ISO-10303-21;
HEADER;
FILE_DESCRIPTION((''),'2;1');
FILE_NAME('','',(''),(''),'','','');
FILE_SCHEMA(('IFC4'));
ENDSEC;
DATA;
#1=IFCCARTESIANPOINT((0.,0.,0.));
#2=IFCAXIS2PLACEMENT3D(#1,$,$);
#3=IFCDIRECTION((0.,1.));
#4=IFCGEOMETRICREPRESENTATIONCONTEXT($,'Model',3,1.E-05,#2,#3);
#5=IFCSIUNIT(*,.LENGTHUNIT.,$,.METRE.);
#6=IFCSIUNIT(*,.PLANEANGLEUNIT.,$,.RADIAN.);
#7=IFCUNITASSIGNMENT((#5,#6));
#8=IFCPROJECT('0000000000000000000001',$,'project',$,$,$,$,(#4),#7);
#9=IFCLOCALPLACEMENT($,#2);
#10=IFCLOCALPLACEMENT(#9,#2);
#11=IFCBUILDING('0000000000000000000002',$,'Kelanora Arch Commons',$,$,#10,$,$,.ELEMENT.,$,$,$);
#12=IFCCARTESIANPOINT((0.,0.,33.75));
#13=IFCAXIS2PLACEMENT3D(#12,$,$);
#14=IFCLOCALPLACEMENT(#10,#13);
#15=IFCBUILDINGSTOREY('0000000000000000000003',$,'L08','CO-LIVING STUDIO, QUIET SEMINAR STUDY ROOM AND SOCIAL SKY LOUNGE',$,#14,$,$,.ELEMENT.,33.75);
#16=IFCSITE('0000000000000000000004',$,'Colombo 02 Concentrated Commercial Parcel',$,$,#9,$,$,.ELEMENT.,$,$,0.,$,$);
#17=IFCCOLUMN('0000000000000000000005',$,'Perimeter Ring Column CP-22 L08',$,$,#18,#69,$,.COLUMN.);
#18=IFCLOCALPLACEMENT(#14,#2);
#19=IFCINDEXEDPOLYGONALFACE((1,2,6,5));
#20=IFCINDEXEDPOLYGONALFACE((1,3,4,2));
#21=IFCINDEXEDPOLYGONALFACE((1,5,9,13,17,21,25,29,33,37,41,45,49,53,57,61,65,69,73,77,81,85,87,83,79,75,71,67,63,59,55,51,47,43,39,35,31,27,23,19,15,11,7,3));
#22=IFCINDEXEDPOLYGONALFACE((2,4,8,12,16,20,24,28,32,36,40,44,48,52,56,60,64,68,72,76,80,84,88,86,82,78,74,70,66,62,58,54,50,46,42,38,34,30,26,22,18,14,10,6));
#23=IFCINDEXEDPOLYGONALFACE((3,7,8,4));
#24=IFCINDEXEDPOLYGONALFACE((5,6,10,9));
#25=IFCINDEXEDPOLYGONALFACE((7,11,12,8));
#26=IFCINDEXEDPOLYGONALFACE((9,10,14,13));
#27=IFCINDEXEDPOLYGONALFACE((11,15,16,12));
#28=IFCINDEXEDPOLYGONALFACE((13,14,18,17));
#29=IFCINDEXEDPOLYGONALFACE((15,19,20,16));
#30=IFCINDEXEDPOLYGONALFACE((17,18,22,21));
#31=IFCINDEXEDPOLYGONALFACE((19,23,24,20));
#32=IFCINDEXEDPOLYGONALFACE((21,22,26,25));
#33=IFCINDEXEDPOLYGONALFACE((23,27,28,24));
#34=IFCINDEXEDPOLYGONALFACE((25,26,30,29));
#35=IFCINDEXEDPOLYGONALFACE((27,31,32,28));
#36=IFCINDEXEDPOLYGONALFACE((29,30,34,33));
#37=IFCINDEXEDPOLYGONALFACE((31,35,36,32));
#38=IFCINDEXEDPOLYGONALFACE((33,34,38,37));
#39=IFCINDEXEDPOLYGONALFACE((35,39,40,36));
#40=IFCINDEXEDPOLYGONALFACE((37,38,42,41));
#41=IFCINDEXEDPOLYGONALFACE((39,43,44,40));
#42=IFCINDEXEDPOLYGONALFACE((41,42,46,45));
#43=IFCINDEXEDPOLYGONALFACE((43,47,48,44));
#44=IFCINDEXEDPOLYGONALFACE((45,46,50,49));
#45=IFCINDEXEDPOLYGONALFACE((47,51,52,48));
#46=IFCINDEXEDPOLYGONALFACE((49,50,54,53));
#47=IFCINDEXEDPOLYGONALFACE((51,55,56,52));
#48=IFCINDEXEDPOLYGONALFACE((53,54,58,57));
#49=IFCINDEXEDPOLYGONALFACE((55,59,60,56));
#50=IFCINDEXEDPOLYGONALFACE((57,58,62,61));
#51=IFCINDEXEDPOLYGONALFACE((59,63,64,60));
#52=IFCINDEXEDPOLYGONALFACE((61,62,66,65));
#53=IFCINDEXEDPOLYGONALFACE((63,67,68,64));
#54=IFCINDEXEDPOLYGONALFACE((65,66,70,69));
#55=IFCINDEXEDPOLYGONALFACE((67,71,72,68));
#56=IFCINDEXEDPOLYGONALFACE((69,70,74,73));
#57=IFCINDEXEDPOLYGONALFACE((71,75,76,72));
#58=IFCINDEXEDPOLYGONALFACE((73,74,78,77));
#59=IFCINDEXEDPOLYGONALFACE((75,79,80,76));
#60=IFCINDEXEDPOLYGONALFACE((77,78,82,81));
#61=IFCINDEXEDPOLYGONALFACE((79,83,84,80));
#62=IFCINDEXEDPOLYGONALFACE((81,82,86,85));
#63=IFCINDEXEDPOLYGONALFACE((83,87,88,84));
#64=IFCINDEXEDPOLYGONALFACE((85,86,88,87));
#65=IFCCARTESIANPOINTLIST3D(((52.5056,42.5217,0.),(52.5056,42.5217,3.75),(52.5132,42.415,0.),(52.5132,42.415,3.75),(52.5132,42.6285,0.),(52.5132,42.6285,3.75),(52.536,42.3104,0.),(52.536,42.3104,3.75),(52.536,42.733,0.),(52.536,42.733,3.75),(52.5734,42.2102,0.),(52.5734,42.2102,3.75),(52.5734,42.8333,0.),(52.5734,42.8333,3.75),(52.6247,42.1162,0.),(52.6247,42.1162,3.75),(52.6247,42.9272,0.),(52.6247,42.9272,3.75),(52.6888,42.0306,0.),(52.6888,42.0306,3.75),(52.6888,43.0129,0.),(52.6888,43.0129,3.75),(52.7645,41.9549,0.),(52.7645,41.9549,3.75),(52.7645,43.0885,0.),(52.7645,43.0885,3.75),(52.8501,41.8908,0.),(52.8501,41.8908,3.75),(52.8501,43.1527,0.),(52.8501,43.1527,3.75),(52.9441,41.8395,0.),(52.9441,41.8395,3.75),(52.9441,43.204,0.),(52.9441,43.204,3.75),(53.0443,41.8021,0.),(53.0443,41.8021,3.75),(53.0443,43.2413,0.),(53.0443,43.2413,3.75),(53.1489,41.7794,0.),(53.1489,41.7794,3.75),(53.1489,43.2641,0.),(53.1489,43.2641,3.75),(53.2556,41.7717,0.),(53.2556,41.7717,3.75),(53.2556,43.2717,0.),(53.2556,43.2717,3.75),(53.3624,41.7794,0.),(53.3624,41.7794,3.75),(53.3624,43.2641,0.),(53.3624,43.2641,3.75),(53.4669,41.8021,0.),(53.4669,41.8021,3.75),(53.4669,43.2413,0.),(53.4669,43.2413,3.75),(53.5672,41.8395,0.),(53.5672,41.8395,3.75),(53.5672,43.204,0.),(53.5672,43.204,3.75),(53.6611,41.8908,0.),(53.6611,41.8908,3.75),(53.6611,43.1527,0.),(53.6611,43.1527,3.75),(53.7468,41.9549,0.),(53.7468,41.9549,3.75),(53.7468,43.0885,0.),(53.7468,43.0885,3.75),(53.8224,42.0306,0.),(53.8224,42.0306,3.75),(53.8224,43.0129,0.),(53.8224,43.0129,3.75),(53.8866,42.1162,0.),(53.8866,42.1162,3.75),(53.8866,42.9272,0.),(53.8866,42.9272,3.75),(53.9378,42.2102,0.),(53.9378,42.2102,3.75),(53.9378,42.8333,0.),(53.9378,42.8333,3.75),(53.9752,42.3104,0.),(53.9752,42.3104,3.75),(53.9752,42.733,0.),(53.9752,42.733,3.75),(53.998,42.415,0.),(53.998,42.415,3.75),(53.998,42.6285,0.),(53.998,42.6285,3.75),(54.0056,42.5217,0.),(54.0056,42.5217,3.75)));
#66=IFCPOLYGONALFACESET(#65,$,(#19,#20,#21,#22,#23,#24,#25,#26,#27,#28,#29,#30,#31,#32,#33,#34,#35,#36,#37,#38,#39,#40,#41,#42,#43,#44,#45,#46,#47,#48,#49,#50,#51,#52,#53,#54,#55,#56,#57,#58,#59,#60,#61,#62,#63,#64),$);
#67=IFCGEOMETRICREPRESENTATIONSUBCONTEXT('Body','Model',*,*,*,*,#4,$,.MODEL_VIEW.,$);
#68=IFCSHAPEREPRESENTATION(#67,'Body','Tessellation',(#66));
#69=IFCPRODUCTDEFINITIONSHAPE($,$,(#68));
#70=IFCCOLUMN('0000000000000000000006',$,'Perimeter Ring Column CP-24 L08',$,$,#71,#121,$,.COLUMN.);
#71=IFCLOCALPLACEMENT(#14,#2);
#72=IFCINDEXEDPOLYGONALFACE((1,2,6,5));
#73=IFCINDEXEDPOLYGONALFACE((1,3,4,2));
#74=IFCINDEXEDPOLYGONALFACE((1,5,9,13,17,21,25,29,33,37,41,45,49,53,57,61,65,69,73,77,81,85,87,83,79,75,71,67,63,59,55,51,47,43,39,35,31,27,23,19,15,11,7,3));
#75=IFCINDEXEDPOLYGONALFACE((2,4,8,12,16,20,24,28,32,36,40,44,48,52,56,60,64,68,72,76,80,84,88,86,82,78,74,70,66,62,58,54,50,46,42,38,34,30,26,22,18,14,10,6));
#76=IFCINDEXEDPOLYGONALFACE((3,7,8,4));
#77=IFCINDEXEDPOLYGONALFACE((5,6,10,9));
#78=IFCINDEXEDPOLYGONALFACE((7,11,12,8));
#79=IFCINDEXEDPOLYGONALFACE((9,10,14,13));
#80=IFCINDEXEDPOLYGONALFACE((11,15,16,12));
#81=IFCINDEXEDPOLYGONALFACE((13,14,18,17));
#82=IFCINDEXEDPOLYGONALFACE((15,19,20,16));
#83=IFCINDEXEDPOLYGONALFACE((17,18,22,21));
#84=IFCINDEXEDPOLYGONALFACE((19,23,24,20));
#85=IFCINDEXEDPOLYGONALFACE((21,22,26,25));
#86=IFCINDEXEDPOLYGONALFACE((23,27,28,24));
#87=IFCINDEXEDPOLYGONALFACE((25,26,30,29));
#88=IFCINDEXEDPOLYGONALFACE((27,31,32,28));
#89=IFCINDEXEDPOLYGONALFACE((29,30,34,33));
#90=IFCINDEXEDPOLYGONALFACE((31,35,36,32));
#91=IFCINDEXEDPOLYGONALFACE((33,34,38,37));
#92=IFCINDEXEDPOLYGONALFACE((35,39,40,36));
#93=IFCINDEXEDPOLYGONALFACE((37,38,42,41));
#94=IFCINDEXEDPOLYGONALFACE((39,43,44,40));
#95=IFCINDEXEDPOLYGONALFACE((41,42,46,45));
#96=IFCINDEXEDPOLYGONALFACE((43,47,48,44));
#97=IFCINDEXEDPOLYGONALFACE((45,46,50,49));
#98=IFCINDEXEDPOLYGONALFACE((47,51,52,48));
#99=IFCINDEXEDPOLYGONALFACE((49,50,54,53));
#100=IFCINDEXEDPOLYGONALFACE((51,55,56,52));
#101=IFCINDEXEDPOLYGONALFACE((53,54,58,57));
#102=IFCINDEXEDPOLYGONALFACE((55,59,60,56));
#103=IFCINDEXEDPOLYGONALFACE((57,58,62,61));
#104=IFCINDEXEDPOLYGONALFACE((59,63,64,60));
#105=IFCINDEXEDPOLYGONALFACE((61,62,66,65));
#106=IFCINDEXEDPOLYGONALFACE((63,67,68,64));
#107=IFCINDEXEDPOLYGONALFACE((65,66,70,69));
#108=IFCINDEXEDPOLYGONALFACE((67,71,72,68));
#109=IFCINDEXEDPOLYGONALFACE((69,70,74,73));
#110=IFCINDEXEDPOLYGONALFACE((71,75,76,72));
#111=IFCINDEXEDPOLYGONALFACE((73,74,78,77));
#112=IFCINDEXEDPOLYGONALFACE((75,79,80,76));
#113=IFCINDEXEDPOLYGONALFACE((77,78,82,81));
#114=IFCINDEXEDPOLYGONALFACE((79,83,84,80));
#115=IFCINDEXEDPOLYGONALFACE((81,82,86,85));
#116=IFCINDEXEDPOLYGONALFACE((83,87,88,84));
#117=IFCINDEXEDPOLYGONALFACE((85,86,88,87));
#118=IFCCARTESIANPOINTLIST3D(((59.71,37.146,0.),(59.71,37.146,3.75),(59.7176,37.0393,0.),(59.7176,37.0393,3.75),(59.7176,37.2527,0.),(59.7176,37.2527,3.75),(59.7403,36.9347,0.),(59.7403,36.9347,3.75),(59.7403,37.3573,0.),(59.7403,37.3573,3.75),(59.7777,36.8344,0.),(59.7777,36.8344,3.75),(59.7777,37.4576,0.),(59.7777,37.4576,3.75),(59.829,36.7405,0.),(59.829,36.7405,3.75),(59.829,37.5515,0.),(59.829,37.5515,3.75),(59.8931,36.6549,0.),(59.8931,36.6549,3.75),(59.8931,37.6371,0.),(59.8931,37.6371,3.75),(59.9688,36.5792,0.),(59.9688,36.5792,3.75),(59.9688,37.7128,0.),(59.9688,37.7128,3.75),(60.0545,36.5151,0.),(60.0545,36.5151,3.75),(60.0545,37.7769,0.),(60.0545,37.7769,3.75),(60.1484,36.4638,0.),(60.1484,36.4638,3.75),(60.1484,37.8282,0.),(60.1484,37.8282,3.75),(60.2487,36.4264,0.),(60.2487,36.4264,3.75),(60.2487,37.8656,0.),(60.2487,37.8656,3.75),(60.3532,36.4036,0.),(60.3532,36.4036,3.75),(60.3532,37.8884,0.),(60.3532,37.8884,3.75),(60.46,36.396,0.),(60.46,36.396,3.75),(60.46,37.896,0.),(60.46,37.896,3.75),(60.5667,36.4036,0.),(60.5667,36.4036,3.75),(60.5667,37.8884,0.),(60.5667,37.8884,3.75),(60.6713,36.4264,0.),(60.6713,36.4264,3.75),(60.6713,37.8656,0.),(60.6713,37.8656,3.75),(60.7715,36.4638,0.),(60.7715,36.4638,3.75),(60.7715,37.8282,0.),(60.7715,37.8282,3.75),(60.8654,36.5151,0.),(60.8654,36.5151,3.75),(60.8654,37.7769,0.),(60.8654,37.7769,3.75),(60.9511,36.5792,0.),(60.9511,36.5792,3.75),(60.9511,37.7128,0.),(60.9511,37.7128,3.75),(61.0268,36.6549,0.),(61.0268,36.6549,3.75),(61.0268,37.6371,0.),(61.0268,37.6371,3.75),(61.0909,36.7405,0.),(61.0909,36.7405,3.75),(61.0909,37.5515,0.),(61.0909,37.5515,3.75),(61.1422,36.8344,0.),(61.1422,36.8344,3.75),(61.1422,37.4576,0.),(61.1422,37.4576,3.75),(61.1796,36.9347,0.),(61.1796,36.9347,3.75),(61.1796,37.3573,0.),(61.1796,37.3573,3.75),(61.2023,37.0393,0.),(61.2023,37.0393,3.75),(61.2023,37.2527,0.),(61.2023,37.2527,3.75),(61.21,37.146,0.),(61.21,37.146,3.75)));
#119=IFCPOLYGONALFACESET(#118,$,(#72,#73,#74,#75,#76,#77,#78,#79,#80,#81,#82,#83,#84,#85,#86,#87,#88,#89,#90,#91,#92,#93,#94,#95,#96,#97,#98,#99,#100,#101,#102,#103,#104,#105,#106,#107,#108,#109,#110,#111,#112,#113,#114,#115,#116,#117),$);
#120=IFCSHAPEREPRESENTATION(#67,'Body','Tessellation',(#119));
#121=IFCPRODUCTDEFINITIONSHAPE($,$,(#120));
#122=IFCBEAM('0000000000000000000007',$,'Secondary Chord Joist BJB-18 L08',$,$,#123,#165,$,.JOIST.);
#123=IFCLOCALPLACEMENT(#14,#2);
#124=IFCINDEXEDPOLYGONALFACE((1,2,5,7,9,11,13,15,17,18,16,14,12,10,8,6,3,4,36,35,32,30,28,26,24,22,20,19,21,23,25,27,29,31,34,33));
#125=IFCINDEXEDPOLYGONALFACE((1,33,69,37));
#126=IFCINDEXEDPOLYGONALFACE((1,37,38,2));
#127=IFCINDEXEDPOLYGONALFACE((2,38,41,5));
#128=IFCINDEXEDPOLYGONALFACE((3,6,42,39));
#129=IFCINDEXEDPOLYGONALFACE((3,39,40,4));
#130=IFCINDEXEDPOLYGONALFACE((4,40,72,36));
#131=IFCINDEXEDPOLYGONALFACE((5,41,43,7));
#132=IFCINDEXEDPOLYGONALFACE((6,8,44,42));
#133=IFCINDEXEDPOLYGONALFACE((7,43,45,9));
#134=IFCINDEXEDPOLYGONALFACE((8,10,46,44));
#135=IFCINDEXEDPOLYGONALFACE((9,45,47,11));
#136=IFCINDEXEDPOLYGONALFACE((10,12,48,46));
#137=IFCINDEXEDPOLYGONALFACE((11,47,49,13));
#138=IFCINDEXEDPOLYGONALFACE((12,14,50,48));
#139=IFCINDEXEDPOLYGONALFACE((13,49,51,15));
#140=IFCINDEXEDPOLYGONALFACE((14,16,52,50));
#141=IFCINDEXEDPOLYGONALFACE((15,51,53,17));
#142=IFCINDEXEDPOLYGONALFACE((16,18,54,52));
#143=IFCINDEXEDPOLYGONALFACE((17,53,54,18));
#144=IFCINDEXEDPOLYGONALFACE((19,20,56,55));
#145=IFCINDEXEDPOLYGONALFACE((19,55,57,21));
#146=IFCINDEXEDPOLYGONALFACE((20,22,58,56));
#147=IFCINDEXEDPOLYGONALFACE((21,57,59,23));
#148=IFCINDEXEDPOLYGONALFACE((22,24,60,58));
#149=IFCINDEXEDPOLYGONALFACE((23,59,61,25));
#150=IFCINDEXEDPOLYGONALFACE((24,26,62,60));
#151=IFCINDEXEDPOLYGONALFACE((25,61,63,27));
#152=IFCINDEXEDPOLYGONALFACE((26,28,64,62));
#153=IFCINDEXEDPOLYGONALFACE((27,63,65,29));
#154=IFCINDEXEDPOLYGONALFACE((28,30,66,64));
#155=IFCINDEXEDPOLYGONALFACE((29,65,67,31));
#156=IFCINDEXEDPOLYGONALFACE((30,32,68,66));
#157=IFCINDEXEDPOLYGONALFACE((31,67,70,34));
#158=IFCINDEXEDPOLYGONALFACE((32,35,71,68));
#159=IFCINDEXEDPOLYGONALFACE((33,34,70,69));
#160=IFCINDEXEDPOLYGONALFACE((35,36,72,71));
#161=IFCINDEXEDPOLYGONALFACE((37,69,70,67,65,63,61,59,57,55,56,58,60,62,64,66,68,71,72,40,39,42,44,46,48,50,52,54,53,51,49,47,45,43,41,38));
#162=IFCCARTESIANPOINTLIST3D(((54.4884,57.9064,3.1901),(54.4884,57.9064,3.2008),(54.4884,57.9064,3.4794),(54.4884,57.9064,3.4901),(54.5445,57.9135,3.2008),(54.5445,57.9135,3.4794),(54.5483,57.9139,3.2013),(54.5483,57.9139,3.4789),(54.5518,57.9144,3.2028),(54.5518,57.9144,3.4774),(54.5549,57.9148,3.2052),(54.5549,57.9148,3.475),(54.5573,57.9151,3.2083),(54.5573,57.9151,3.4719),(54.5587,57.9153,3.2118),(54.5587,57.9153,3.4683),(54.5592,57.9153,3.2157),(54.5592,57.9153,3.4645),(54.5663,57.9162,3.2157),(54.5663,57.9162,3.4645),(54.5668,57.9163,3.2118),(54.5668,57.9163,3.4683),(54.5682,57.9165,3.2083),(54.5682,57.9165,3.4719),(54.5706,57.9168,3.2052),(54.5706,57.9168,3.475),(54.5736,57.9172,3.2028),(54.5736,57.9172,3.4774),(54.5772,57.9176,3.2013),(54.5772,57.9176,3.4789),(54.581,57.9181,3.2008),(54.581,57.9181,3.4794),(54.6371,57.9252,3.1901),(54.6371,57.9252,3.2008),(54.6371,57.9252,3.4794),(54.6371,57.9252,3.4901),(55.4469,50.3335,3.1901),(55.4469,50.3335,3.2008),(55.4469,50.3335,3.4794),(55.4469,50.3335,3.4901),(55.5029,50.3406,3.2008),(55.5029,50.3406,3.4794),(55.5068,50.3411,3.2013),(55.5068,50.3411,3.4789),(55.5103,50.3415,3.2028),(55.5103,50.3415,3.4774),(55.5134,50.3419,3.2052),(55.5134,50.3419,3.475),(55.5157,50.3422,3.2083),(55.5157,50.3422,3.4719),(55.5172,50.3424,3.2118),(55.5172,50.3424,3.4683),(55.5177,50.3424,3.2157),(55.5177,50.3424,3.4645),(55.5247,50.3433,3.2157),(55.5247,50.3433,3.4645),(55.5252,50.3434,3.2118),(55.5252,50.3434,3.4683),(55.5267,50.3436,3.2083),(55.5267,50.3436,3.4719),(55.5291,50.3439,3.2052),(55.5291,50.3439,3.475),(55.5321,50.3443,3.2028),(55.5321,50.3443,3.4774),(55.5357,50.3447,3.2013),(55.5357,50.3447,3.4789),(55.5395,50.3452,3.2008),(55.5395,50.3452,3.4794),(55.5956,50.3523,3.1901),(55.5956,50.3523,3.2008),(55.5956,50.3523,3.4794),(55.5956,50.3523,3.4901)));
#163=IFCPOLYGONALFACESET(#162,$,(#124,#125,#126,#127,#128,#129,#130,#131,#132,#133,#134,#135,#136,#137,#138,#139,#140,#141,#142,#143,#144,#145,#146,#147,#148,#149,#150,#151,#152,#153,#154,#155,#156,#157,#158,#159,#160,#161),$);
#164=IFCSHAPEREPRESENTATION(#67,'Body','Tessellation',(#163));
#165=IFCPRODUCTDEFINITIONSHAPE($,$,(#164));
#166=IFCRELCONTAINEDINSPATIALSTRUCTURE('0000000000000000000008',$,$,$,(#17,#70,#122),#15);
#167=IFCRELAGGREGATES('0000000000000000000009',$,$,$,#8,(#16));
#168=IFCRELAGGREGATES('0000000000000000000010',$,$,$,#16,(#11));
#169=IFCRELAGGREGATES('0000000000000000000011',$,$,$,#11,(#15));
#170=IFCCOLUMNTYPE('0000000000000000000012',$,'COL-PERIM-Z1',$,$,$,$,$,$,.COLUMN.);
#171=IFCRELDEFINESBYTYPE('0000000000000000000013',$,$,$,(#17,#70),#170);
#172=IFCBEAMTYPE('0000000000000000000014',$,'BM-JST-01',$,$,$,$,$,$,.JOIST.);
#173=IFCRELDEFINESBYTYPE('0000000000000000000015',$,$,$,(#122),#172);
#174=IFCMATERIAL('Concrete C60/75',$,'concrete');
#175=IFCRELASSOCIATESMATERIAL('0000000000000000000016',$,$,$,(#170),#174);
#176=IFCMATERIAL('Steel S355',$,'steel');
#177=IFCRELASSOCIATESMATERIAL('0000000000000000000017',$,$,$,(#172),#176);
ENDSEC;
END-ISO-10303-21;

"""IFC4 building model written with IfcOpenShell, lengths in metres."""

from ifc_helpers import new_model, si_unit, direction, frame, origin, origin_2d, place, context, subcontext, project, spatial, circle, i_section, extrude, material, material_profile, profile_set, type_object, element, save


model = new_model("IFC4")

# Units and contexts
model_context = context("Model", 3, precision=1e-05, world=origin(), true_north=direction((0.0, 1.0)))
body_context = subcontext(model_context, "Body", "Model", "MODEL_VIEW")
ifc_project = project(units=[si_unit("LENGTHUNIT", "METRE"), si_unit("PLANEANGLEUNIT", "RADIAN")], contexts=[model_context])

# Site, building, storey
site_placement = place(None, origin())
site = spatial("IfcSite", under=ifc_project, at=site_placement, Name="Colombo 02 Concentrated Commercial Parcel", CompositionType="ELEMENT", RefElevation=0.0)
building_placement = place(site_placement, origin())
building = spatial("IfcBuilding", under=site, at=building_placement, Name="Kelanora Arch Commons", CompositionType="ELEMENT")
storey_placement = place(building_placement, frame((0.0, 0.0, 33.75)))
storey = spatial("IfcBuildingStorey", under=building, at=storey_placement, Name="L08", Description="CO-LIVING STUDIO, QUIET SEMINAR STUDY ROOM AND SOCIAL SKY LOUNGE", CompositionType="ELEMENT", Elevation=33.75)

# Columns
ifc_material_1 = material(Name="Concrete C60/75", Category="concrete")
ifc_material_profile_1 = material_profile(ifc_material_1, circle(Radius=0.75, at=origin_2d()), Name="RCC1500")
ifc_profile_set_1 = profile_set([ifc_material_profile_1], Name="Concrete C60/75")
column_type = type_object("IfcColumnType", Name="COL-PERIM-Z1", PredefinedType="COLUMN", material=ifc_profile_set_1)
for number, where, z_axis, x_axis, name in (
    (1, (53.2556, 42.5217, 0.0), (0.0, 0.0, 1.0), (1.0, 0.0, 0.0), "Perimeter Ring Column CP-22 L08"),
    (2, (60.46, 37.146, 0.0), (0.0, 0.0, 1.0), (1.0, 0.0, 0.0), "Perimeter Ring Column CP-24 L08"),
):
    element("IfcColumn", number, at=place(storey_placement, frame(where, z_axis=z_axis, x_axis=x_axis)), inside=storey, type_object=column_type, Name=name, PredefinedType="COLUMN", context=body_context, shape_type="SweptSolid", body=[
        extrude(circle(Radius=0.75, at=origin_2d()), origin(), (0.0, 0.0, 1.0), 3.75),
    ])

# Beam
ifc_material_2 = material(Name="Steel S355", Category="steel")
ifc_material_profile_2 = material_profile(ifc_material_2, i_section(OverallWidth=0.1499, OverallDepth=0.3, WebThickness=0.0071, FlangeThickness=0.0107, FilletRadius=0.0149, at=origin_2d()), Name="IPE300")
ifc_profile_set_2 = profile_set([ifc_material_profile_2], Name="Steel S355")
beam_type_1 = type_object("IfcBeamType", Name="BM-JST-01", PredefinedType="JOIST", material=ifc_profile_set_2)
beam_1_placement = place(storey_placement, frame((54.5627, 57.9158, 3.3401), z_axis=(0.125566, -0.992085, 0.0), x_axis=(0.992085, 0.125566, 0.0)))
element("IfcBeam", 3, at=beam_1_placement, inside=storey, type_object=beam_type_1, Name="Secondary Chord Joist BJB-18 L08", PredefinedType="JOIST", context=body_context, shape_type="SweptSolid", body=[
    extrude(i_section(OverallWidth=0.1499, OverallDepth=0.3, WebThickness=0.0071, FlangeThickness=0.0107, FilletRadius=0.0149, at=origin_2d()), origin(), (0.0, 0.0, 1.0), 7.6333),
])

save(model, "model.ifc")
